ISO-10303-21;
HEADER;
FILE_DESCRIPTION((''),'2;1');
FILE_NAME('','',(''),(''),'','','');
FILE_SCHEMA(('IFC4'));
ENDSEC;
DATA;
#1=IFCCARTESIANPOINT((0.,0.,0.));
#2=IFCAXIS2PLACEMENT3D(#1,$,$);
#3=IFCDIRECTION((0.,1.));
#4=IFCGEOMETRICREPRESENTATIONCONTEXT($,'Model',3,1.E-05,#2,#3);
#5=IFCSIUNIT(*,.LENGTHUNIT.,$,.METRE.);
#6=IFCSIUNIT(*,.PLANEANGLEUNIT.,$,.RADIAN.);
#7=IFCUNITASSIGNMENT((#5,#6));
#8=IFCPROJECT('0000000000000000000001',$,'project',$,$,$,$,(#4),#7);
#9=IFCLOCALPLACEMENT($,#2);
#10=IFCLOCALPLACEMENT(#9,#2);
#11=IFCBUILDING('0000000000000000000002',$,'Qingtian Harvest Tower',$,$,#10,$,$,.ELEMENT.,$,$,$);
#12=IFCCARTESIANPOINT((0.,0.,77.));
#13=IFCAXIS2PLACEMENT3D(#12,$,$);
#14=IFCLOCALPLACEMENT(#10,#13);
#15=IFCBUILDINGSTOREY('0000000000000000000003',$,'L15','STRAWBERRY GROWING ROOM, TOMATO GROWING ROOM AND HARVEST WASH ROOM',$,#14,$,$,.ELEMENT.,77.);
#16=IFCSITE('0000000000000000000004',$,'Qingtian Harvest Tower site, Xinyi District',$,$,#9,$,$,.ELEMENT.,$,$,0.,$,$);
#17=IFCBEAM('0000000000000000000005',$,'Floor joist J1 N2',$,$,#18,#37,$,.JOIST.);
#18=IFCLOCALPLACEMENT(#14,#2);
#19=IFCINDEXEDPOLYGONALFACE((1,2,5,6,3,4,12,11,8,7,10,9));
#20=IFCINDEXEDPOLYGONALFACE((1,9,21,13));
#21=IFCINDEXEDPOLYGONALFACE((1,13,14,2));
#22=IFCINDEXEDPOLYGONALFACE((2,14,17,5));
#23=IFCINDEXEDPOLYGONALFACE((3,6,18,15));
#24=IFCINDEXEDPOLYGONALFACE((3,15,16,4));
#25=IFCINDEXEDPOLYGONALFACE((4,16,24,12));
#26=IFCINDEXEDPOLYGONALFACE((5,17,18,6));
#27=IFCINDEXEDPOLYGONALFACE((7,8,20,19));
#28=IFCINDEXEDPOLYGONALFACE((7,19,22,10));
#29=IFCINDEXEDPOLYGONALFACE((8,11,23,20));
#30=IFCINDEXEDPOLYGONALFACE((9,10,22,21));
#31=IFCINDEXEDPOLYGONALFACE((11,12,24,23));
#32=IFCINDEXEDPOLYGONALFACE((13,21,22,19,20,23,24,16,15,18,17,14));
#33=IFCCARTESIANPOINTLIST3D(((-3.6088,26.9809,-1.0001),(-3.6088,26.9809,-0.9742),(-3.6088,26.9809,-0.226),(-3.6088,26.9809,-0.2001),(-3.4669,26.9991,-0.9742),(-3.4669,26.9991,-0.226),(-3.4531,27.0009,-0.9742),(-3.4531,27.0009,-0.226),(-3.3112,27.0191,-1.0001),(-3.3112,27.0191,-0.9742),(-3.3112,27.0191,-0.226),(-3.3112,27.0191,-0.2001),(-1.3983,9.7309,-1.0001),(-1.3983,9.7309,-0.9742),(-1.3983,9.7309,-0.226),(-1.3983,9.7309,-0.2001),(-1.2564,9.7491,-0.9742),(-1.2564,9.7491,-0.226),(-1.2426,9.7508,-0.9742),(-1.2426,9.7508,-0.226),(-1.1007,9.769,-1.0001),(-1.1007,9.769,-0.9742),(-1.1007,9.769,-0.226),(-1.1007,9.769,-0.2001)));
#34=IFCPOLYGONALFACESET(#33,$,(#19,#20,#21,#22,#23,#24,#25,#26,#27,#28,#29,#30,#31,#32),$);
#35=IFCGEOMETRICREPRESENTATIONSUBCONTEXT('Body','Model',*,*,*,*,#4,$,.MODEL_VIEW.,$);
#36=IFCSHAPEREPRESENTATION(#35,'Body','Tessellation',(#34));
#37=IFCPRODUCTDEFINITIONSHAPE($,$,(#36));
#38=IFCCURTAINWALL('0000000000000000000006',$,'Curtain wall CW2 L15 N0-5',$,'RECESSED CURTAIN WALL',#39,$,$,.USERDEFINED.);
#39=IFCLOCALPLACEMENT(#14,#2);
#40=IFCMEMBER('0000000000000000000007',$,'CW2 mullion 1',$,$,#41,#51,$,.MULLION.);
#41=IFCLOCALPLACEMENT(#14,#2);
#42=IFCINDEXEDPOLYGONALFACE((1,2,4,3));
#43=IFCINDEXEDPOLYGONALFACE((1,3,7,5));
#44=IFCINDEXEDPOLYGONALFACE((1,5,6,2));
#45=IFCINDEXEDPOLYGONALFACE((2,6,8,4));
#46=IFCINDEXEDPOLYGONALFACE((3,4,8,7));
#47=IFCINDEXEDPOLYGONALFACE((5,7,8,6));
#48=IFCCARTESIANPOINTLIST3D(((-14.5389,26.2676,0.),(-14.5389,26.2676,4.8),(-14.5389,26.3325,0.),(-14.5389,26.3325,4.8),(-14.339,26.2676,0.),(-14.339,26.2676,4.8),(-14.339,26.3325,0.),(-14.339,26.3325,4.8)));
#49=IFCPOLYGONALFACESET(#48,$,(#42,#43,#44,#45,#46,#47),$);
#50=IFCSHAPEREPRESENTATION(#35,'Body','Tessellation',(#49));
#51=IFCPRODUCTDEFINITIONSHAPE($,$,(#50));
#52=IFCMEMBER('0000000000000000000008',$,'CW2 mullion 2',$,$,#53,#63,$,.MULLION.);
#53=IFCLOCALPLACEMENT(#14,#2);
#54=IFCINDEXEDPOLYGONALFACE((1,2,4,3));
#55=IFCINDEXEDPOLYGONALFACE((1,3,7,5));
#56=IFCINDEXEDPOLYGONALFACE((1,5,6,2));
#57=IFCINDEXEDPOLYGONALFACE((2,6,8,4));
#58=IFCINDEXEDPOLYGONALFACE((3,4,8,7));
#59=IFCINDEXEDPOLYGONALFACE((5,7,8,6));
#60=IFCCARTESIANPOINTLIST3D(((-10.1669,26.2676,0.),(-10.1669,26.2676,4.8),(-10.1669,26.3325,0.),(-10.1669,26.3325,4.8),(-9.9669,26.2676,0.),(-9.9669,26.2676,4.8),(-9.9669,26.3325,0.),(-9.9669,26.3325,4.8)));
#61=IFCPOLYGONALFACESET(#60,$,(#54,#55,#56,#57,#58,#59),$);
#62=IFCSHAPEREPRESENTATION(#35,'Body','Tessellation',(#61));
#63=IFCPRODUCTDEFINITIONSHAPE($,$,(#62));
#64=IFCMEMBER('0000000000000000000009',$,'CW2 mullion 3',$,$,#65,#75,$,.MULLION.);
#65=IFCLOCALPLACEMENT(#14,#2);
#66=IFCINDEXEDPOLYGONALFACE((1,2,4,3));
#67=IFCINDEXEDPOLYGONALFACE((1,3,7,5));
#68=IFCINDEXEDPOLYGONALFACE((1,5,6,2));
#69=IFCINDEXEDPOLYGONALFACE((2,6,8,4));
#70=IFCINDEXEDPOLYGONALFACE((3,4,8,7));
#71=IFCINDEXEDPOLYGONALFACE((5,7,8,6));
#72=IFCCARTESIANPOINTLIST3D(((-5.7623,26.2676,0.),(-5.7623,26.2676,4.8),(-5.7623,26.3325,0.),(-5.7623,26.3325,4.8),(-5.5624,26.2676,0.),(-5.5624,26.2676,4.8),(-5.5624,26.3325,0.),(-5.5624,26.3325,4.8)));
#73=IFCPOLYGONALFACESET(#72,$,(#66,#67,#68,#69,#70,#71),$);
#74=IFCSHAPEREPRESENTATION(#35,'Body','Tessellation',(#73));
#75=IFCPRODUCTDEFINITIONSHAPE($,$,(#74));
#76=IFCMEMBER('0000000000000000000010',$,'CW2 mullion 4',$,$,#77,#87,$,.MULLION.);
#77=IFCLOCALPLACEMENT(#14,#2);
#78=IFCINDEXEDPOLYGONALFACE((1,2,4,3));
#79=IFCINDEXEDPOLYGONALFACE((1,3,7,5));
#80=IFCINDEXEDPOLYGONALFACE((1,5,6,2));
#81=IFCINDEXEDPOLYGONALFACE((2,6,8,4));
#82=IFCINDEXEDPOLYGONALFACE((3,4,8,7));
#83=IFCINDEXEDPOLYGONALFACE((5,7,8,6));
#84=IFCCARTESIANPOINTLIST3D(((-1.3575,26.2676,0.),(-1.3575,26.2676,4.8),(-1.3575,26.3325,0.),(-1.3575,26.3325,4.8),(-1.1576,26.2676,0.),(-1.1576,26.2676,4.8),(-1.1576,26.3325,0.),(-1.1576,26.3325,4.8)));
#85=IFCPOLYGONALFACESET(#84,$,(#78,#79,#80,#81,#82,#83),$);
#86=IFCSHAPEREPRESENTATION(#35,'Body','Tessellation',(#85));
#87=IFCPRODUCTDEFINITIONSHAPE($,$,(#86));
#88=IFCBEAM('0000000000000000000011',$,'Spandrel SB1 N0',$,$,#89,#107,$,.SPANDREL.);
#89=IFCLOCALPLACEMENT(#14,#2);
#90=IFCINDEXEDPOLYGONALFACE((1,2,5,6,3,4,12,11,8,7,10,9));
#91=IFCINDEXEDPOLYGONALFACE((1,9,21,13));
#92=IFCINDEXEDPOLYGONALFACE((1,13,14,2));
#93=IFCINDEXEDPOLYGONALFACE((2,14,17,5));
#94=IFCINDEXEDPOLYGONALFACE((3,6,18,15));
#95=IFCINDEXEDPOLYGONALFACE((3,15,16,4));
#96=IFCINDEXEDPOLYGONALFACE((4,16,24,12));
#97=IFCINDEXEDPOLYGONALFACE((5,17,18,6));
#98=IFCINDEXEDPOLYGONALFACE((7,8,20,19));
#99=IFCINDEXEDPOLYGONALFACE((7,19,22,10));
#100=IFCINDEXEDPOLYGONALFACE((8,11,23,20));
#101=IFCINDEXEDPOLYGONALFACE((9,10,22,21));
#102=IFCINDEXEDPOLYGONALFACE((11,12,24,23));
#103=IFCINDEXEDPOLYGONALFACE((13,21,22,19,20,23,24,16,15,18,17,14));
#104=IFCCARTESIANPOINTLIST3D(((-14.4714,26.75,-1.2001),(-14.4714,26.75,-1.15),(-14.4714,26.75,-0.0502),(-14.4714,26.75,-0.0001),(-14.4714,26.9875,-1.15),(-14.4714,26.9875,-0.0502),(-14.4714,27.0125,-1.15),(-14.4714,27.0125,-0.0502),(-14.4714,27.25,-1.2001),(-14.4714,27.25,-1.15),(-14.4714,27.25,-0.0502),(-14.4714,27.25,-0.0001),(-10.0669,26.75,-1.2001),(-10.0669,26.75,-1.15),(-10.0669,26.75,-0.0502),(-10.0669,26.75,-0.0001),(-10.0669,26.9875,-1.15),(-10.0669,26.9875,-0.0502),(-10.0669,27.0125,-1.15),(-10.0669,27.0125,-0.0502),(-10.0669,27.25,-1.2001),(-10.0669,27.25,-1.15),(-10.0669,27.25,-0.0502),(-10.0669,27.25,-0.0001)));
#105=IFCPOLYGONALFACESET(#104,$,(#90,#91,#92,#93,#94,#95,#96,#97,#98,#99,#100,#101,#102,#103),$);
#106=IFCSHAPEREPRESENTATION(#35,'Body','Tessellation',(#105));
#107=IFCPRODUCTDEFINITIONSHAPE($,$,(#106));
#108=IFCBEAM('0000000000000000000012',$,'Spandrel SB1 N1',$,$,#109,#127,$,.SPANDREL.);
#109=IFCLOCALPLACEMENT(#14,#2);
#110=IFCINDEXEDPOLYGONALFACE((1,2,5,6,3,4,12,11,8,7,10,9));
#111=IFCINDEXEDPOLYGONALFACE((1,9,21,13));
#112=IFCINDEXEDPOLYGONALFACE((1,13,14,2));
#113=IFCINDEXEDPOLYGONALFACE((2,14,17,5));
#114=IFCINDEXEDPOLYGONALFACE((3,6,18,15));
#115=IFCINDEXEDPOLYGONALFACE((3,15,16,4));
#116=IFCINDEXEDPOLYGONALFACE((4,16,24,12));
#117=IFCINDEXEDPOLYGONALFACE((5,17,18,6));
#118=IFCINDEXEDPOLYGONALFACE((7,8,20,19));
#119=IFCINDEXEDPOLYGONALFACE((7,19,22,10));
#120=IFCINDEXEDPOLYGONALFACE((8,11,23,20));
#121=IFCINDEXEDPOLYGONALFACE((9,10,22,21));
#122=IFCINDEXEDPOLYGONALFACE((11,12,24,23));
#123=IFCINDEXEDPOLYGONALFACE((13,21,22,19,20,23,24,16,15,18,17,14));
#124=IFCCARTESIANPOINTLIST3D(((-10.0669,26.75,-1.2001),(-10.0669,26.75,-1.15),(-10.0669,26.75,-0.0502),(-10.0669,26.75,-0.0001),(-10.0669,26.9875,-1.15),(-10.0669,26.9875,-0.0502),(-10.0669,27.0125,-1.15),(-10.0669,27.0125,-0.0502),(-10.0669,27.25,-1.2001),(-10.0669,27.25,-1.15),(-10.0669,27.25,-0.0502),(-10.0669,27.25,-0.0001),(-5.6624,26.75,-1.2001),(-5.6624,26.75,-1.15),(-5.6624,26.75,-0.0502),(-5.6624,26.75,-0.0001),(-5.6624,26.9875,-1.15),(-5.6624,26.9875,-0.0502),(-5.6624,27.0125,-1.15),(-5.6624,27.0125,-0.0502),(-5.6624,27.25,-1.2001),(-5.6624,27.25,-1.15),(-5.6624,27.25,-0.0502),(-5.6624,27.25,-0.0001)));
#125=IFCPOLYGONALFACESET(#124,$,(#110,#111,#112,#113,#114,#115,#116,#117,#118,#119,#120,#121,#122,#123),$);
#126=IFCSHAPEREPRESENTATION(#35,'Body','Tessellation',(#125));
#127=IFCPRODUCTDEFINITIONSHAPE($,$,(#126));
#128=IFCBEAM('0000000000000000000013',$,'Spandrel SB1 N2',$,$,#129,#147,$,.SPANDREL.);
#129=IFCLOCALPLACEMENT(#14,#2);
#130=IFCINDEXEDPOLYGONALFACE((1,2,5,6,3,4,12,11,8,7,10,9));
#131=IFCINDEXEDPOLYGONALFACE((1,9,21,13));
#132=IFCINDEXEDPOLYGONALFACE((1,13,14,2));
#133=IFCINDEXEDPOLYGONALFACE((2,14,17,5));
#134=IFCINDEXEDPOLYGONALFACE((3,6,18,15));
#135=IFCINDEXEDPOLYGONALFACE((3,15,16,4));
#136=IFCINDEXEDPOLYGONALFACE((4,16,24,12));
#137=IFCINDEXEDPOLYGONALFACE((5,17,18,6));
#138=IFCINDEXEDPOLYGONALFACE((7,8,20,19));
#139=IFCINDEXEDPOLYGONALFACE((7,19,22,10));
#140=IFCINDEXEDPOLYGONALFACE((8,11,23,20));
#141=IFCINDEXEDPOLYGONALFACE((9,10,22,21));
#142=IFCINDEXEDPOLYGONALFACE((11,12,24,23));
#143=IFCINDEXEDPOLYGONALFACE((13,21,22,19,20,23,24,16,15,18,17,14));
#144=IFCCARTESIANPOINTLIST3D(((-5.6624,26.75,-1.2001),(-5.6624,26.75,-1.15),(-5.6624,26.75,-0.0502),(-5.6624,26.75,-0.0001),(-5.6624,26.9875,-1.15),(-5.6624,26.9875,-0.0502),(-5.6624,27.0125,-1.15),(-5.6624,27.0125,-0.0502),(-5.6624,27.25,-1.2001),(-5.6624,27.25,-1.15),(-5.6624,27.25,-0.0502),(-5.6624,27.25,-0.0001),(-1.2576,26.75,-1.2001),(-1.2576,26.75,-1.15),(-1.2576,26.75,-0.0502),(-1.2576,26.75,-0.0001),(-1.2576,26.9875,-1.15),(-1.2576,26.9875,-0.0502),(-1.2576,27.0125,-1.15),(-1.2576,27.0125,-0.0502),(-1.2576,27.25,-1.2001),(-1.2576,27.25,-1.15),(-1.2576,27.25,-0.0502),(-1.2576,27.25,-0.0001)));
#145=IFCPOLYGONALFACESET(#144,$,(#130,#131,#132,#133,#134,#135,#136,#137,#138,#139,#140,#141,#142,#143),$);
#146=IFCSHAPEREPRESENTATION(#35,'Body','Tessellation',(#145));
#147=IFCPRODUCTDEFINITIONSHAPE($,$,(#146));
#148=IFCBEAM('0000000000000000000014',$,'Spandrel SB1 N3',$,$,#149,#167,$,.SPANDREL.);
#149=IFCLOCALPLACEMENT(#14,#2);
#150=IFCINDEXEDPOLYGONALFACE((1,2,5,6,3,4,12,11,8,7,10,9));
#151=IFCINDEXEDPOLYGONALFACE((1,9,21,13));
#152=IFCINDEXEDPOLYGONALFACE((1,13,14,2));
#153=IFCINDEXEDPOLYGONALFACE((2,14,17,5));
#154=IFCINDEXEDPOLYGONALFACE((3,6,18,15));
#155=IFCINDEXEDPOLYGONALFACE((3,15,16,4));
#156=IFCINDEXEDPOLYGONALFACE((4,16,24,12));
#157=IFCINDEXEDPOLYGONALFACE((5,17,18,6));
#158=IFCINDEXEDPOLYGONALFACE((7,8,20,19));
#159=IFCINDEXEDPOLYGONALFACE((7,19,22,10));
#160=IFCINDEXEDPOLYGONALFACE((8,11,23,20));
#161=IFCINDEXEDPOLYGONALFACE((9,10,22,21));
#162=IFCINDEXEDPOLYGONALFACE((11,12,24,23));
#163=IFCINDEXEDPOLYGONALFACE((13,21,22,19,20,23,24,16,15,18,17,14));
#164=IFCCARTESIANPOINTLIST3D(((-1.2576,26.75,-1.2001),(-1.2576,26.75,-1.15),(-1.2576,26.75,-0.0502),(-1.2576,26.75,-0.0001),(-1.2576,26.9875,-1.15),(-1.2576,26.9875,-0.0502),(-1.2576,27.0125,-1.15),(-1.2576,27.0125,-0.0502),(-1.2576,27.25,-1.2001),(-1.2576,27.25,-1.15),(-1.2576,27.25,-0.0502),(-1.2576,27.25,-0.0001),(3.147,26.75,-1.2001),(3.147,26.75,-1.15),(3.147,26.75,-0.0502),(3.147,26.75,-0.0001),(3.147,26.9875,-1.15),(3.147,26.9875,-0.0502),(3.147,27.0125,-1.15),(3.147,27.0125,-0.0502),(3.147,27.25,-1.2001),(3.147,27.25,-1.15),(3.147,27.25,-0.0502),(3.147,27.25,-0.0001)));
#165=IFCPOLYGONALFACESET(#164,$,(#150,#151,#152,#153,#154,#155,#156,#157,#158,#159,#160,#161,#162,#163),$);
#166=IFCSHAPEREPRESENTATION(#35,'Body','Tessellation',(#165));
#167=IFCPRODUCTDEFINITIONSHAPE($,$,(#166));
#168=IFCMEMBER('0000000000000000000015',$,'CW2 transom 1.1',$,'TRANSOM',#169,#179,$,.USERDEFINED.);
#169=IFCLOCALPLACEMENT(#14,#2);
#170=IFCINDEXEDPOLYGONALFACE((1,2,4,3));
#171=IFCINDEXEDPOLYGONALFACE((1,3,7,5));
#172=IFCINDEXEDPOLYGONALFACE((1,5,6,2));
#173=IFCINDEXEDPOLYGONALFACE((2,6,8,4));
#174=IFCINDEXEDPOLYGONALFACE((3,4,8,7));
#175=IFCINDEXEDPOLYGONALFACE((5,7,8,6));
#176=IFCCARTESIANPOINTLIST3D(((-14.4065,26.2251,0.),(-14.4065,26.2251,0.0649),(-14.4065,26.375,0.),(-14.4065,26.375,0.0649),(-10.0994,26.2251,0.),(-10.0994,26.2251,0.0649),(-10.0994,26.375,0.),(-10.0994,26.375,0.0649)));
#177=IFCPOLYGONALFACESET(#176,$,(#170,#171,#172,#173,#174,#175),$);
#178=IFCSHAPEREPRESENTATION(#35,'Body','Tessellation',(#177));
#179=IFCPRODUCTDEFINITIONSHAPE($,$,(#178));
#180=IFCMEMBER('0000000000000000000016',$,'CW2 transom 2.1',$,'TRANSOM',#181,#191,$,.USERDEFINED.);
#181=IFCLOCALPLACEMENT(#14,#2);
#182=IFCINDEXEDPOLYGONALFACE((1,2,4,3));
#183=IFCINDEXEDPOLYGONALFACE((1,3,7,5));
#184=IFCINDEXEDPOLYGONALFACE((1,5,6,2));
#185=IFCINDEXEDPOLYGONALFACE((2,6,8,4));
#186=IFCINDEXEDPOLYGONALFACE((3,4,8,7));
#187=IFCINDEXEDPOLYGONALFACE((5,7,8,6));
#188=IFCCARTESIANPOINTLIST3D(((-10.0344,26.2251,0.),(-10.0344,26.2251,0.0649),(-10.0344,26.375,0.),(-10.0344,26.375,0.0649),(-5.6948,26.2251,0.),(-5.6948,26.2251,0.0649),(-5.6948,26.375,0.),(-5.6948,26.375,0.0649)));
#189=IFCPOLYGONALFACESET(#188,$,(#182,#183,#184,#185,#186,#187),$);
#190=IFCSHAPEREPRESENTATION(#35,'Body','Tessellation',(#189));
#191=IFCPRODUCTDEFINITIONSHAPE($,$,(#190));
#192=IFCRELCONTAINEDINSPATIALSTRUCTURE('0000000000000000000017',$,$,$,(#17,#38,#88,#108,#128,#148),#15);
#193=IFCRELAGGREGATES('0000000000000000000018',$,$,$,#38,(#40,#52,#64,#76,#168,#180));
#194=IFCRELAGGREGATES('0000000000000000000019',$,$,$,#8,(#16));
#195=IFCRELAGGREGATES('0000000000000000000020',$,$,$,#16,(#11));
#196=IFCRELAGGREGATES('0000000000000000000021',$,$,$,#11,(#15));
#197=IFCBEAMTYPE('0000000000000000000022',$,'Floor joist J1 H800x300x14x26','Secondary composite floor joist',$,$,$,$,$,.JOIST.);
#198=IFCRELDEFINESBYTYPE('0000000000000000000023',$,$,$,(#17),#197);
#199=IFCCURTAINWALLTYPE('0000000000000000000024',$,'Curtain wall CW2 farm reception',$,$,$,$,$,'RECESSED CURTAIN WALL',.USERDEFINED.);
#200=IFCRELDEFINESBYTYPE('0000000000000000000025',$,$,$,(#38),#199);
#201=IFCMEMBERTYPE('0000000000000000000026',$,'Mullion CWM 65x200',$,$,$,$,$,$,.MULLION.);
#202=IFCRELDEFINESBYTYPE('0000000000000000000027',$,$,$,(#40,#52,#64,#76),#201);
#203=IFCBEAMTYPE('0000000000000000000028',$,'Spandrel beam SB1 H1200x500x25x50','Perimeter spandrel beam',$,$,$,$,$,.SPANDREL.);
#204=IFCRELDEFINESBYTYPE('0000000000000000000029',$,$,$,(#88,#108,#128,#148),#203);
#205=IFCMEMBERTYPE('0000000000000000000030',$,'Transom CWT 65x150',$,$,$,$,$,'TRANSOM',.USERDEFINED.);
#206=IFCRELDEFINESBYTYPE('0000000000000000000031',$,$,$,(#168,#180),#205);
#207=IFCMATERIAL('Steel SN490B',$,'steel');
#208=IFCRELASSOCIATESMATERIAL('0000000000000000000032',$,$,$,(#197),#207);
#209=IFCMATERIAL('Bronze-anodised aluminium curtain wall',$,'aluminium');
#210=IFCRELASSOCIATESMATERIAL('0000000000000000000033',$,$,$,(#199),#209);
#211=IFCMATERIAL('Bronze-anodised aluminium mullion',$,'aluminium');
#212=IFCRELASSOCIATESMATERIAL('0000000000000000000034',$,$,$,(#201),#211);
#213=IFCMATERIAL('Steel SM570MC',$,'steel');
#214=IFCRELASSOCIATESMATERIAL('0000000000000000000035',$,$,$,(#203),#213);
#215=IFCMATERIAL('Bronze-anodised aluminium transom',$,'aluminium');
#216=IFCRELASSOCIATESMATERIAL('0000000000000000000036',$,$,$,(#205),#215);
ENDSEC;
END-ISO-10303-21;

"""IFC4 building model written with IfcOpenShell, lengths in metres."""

from ifc_helpers import new_model, si_unit, direction, frame, origin, origin_2d, place, context, subcontext, project, spatial, rectangle, i_section, extrude, material, material_profile, profile_set, type_object, element, aggregate, save


model = new_model("IFC4")

# Units and contexts
model_context = context("Model", 3, precision=1e-05, world=origin(), true_north=direction((0.0, 1.0)))
body_context = subcontext(model_context, "Body", "Model", "MODEL_VIEW")
ifc_project = project(units=[si_unit("LENGTHUNIT", "METRE"), si_unit("PLANEANGLEUNIT", "RADIAN")], contexts=[model_context])

# Site, building, storey
site_placement = place(None, origin())
site = spatial("IfcSite", under=ifc_project, at=site_placement, Name="Qingtian Harvest Tower site, Xinyi District", CompositionType="ELEMENT", RefElevation=0.0)
building_placement = place(site_placement, origin())
building = spatial("IfcBuilding", under=site, at=building_placement, Name="Qingtian Harvest Tower", CompositionType="ELEMENT")
storey_placement = place(building_placement, frame((0.0, 0.0, 77.0)))
storey = spatial("IfcBuildingStorey", under=building, at=storey_placement, Name="L15", Description="STRAWBERRY GROWING ROOM, TOMATO GROWING ROOM AND HARVEST WASH ROOM", CompositionType="ELEMENT", Elevation=77.0)

# Beam
ifc_material_1 = material(Name="Steel SN490B", Category="steel")
ifc_material_profile_1 = material_profile(ifc_material_1, i_section(OverallWidth=0.3, OverallDepth=0.8, WebThickness=0.0139, FlangeThickness=0.0259, at=origin_2d()), Name="H800x300x14x26")
ifc_profile_set_1 = profile_set([ifc_material_profile_1], Name="Steel SN490B")
beam_type_1 = type_object("IfcBeamType", Name="Floor joist J1 H800x300x14x26", Description="Secondary composite floor joist", PredefinedType="JOIST", material=ifc_profile_set_1)
beam_1_placement = place(storey_placement, frame((-3.46, 27.0, -0.6001), z_axis=(0.127103, -0.99189, 0.0), x_axis=(0.99189, 0.127103, 0.0)))
element("IfcBeam", 1, at=beam_1_placement, inside=storey, type_object=beam_type_1, Name="Floor joist J1 N2", PredefinedType="JOIST", context=body_context, shape_type="SweptSolid", body=[
    extrude(i_section(OverallWidth=0.3, OverallDepth=0.8, WebThickness=0.0139, FlangeThickness=0.0259, at=origin_2d()), origin(), (0.0, 0.0, 1.0), 17.3911),
])

# Curtain wall, members
ifc_material_2 = material(Name="Bronze-anodised aluminium curtain wall", Category="aluminium")
curtain_wall_type = type_object("IfcCurtainWallType", Name="Curtain wall CW2 farm reception", ElementType="RECESSED CURTAIN WALL", PredefinedType="USERDEFINED", material=ifc_material_2)
curtain_wall_placement = place(storey_placement, origin())
curtain_wall = element("IfcCurtainWall", 2, at=curtain_wall_placement, inside=storey, type_object=curtain_wall_type, Name="Curtain wall CW2 L15 N0-5", ObjectType="RECESSED CURTAIN WALL", PredefinedType="USERDEFINED")
ifc_material_3 = material(Name="Bronze-anodised aluminium mullion", Category="aluminium")
ifc_material_profile_2 = material_profile(ifc_material_3, rectangle(XDim=0.0649, YDim=0.2, at=origin_2d()), Name="AL 65x200")
ifc_profile_set_2 = profile_set([ifc_material_profile_2], Name="Bronze-anodised aluminium mullion")
member_type_1 = type_object("IfcMemberType", Name="Mullion CWM 65x200", PredefinedType="MULLION", material=ifc_profile_set_2)
member_1_placement = place(storey_placement, frame((-14.439, 26.3, 0.0), z_axis=(0.0, 0.0, 1.0), x_axis=(0.0, 1.0, 0.0)))
member_1 = element("IfcMember", 3, at=member_1_placement, type_object=member_type_1, Name="CW2 mullion 1", PredefinedType="MULLION", context=body_context, shape_type="SweptSolid", body=[
    extrude(rectangle(XDim=0.0649, YDim=0.2, at=origin_2d()), origin(), (0.0, 0.0, 1.0), 4.8),
])
member_2_placement = place(storey_placement, frame((-10.0669, 26.3, 0.0), z_axis=(0.0, 0.0, 1.0), x_axis=(0.0, 1.0, 0.0)))
member_2 = element("IfcMember", 4, at=member_2_placement, type_object=member_type_1, Name="CW2 mullion 2", PredefinedType="MULLION", context=body_context, shape_type="SweptSolid", body=[
    extrude(rectangle(XDim=0.0649, YDim=0.2, at=origin_2d()), origin(), (0.0, 0.0, 1.0), 4.8),
])
member_3_placement = place(storey_placement, frame((-5.6624, 26.3, 0.0), z_axis=(0.0, 0.0, 1.0), x_axis=(0.0, 1.0, 0.0)))
member_3 = element("IfcMember", 5, at=member_3_placement, type_object=member_type_1, Name="CW2 mullion 3", PredefinedType="MULLION", context=body_context, shape_type="SweptSolid", body=[
    extrude(rectangle(XDim=0.0649, YDim=0.2, at=origin_2d()), origin(), (0.0, 0.0, 1.0), 4.8),
])
member_4_placement = place(storey_placement, frame((-1.2576, 26.3, 0.0), z_axis=(0.0, 0.0, 1.0), x_axis=(0.0, 1.0, 0.0)))
member_4 = element("IfcMember", 6, at=member_4_placement, type_object=member_type_1, Name="CW2 mullion 4", PredefinedType="MULLION", context=body_context, shape_type="SweptSolid", body=[
    extrude(rectangle(XDim=0.0649, YDim=0.2, at=origin_2d()), origin(), (0.0, 0.0, 1.0), 4.8),
])

# Beams
ifc_material_4 = material(Name="Steel SM570MC", Category="steel")
ifc_material_profile_3 = material_profile(ifc_material_4, i_section(OverallWidth=0.5, OverallDepth=1.2, WebThickness=0.0249, FlangeThickness=0.05, at=origin_2d()), Name="H1200x500x25x50")
ifc_profile_set_3 = profile_set([ifc_material_profile_3], Name="Steel SM570MC")
beam_type_2 = type_object("IfcBeamType", Name="Spandrel beam SB1 H1200x500x25x50", Description="Perimeter spandrel beam", PredefinedType="SPANDREL", material=ifc_profile_set_3)
for number, where, z_axis, x_axis, name in (
    (7, (-14.4714, 27.0, -0.6001), (1.0, 0.0, 0.0), (0.0, 1.0, 0.0), "Spandrel SB1 N0"),
    (8, (-10.0669, 27.0, -0.6001), (1.0, 0.0, 0.0), (0.0, 1.0, 0.0), "Spandrel SB1 N1"),
):
    element("IfcBeam", number, at=place(storey_placement, frame(where, z_axis=z_axis, x_axis=x_axis)), inside=storey, type_object=beam_type_2, Name=name, PredefinedType="SPANDREL", context=body_context, shape_type="SweptSolid", body=[
        extrude(i_section(OverallWidth=0.5, OverallDepth=1.2, WebThickness=0.0249, FlangeThickness=0.05, at=origin_2d()), origin(), (0.0, 0.0, 1.0), 4.4045),
    ])
beam_2_placement = place(storey_placement, frame((-5.6624, 27.0, -0.6001), z_axis=(1.0, 0.0, 0.0), x_axis=(0.0, 1.0, 0.0)))
element("IfcBeam", 9, at=beam_2_placement, inside=storey, type_object=beam_type_2, Name="Spandrel SB1 N2", PredefinedType="SPANDREL", context=body_context, shape_type="SweptSolid", body=[
    extrude(i_section(OverallWidth=0.5, OverallDepth=1.2, WebThickness=0.0249, FlangeThickness=0.05, at=origin_2d()), origin(), (0.0, 0.0, 1.0), 4.4048),
])
beam_3_placement = place(storey_placement, frame((-1.2576, 27.0, -0.6001), z_axis=(1.0, 0.0, 0.0), x_axis=(0.0, 1.0, 0.0)))
element("IfcBeam", 10, at=beam_3_placement, inside=storey, type_object=beam_type_2, Name="Spandrel SB1 N3", PredefinedType="SPANDREL", context=body_context, shape_type="SweptSolid", body=[
    extrude(i_section(OverallWidth=0.5, OverallDepth=1.2, WebThickness=0.0249, FlangeThickness=0.05, at=origin_2d()), origin(), (0.0, 0.0, 1.0), 4.4045),
])

# Members
ifc_material_5 = material(Name="Bronze-anodised aluminium transom", Category="aluminium")
ifc_material_profile_4 = material_profile(ifc_material_5, rectangle(XDim=0.1499, YDim=0.0649, at=origin_2d()), Name="AL 65x150")
ifc_profile_set_4 = profile_set([ifc_material_profile_4], Name="Bronze-anodised aluminium transom")
member_type_2 = type_object("IfcMemberType", Name="Transom CWT 65x150", ElementType="TRANSOM", PredefinedType="USERDEFINED", material=ifc_profile_set_4)
member_5_placement = place(storey_placement, frame((-14.4065, 26.3, 0.0325), z_axis=(1.0, 0.0, 0.0), x_axis=(0.0, 1.0, 0.0)))
member_5 = element("IfcMember", 11, at=member_5_placement, type_object=member_type_2, Name="CW2 transom 1.1", ObjectType="TRANSOM", PredefinedType="USERDEFINED", context=body_context, shape_type="SweptSolid", body=[
    extrude(rectangle(XDim=0.1499, YDim=0.0649, at=origin_2d()), origin(), (0.0, 0.0, 1.0), 4.3071),
])
member_6_placement = place(storey_placement, frame((-10.0344, 26.3, 0.0325), z_axis=(1.0, 0.0, 0.0), x_axis=(0.0, 1.0, 0.0)))
member_6 = element("IfcMember", 12, at=member_6_placement, type_object=member_type_2, Name="CW2 transom 2.1", ObjectType="TRANSOM", PredefinedType="USERDEFINED", context=body_context, shape_type="SweptSolid", body=[
    extrude(rectangle(XDim=0.1499, YDim=0.0649, at=origin_2d()), origin(), (0.0, 0.0, 1.0), 4.3396),
])

aggregate(curtain_wall, [member_1, member_2, member_3, member_4, member_5, member_6])

save(model, "model.ifc")
